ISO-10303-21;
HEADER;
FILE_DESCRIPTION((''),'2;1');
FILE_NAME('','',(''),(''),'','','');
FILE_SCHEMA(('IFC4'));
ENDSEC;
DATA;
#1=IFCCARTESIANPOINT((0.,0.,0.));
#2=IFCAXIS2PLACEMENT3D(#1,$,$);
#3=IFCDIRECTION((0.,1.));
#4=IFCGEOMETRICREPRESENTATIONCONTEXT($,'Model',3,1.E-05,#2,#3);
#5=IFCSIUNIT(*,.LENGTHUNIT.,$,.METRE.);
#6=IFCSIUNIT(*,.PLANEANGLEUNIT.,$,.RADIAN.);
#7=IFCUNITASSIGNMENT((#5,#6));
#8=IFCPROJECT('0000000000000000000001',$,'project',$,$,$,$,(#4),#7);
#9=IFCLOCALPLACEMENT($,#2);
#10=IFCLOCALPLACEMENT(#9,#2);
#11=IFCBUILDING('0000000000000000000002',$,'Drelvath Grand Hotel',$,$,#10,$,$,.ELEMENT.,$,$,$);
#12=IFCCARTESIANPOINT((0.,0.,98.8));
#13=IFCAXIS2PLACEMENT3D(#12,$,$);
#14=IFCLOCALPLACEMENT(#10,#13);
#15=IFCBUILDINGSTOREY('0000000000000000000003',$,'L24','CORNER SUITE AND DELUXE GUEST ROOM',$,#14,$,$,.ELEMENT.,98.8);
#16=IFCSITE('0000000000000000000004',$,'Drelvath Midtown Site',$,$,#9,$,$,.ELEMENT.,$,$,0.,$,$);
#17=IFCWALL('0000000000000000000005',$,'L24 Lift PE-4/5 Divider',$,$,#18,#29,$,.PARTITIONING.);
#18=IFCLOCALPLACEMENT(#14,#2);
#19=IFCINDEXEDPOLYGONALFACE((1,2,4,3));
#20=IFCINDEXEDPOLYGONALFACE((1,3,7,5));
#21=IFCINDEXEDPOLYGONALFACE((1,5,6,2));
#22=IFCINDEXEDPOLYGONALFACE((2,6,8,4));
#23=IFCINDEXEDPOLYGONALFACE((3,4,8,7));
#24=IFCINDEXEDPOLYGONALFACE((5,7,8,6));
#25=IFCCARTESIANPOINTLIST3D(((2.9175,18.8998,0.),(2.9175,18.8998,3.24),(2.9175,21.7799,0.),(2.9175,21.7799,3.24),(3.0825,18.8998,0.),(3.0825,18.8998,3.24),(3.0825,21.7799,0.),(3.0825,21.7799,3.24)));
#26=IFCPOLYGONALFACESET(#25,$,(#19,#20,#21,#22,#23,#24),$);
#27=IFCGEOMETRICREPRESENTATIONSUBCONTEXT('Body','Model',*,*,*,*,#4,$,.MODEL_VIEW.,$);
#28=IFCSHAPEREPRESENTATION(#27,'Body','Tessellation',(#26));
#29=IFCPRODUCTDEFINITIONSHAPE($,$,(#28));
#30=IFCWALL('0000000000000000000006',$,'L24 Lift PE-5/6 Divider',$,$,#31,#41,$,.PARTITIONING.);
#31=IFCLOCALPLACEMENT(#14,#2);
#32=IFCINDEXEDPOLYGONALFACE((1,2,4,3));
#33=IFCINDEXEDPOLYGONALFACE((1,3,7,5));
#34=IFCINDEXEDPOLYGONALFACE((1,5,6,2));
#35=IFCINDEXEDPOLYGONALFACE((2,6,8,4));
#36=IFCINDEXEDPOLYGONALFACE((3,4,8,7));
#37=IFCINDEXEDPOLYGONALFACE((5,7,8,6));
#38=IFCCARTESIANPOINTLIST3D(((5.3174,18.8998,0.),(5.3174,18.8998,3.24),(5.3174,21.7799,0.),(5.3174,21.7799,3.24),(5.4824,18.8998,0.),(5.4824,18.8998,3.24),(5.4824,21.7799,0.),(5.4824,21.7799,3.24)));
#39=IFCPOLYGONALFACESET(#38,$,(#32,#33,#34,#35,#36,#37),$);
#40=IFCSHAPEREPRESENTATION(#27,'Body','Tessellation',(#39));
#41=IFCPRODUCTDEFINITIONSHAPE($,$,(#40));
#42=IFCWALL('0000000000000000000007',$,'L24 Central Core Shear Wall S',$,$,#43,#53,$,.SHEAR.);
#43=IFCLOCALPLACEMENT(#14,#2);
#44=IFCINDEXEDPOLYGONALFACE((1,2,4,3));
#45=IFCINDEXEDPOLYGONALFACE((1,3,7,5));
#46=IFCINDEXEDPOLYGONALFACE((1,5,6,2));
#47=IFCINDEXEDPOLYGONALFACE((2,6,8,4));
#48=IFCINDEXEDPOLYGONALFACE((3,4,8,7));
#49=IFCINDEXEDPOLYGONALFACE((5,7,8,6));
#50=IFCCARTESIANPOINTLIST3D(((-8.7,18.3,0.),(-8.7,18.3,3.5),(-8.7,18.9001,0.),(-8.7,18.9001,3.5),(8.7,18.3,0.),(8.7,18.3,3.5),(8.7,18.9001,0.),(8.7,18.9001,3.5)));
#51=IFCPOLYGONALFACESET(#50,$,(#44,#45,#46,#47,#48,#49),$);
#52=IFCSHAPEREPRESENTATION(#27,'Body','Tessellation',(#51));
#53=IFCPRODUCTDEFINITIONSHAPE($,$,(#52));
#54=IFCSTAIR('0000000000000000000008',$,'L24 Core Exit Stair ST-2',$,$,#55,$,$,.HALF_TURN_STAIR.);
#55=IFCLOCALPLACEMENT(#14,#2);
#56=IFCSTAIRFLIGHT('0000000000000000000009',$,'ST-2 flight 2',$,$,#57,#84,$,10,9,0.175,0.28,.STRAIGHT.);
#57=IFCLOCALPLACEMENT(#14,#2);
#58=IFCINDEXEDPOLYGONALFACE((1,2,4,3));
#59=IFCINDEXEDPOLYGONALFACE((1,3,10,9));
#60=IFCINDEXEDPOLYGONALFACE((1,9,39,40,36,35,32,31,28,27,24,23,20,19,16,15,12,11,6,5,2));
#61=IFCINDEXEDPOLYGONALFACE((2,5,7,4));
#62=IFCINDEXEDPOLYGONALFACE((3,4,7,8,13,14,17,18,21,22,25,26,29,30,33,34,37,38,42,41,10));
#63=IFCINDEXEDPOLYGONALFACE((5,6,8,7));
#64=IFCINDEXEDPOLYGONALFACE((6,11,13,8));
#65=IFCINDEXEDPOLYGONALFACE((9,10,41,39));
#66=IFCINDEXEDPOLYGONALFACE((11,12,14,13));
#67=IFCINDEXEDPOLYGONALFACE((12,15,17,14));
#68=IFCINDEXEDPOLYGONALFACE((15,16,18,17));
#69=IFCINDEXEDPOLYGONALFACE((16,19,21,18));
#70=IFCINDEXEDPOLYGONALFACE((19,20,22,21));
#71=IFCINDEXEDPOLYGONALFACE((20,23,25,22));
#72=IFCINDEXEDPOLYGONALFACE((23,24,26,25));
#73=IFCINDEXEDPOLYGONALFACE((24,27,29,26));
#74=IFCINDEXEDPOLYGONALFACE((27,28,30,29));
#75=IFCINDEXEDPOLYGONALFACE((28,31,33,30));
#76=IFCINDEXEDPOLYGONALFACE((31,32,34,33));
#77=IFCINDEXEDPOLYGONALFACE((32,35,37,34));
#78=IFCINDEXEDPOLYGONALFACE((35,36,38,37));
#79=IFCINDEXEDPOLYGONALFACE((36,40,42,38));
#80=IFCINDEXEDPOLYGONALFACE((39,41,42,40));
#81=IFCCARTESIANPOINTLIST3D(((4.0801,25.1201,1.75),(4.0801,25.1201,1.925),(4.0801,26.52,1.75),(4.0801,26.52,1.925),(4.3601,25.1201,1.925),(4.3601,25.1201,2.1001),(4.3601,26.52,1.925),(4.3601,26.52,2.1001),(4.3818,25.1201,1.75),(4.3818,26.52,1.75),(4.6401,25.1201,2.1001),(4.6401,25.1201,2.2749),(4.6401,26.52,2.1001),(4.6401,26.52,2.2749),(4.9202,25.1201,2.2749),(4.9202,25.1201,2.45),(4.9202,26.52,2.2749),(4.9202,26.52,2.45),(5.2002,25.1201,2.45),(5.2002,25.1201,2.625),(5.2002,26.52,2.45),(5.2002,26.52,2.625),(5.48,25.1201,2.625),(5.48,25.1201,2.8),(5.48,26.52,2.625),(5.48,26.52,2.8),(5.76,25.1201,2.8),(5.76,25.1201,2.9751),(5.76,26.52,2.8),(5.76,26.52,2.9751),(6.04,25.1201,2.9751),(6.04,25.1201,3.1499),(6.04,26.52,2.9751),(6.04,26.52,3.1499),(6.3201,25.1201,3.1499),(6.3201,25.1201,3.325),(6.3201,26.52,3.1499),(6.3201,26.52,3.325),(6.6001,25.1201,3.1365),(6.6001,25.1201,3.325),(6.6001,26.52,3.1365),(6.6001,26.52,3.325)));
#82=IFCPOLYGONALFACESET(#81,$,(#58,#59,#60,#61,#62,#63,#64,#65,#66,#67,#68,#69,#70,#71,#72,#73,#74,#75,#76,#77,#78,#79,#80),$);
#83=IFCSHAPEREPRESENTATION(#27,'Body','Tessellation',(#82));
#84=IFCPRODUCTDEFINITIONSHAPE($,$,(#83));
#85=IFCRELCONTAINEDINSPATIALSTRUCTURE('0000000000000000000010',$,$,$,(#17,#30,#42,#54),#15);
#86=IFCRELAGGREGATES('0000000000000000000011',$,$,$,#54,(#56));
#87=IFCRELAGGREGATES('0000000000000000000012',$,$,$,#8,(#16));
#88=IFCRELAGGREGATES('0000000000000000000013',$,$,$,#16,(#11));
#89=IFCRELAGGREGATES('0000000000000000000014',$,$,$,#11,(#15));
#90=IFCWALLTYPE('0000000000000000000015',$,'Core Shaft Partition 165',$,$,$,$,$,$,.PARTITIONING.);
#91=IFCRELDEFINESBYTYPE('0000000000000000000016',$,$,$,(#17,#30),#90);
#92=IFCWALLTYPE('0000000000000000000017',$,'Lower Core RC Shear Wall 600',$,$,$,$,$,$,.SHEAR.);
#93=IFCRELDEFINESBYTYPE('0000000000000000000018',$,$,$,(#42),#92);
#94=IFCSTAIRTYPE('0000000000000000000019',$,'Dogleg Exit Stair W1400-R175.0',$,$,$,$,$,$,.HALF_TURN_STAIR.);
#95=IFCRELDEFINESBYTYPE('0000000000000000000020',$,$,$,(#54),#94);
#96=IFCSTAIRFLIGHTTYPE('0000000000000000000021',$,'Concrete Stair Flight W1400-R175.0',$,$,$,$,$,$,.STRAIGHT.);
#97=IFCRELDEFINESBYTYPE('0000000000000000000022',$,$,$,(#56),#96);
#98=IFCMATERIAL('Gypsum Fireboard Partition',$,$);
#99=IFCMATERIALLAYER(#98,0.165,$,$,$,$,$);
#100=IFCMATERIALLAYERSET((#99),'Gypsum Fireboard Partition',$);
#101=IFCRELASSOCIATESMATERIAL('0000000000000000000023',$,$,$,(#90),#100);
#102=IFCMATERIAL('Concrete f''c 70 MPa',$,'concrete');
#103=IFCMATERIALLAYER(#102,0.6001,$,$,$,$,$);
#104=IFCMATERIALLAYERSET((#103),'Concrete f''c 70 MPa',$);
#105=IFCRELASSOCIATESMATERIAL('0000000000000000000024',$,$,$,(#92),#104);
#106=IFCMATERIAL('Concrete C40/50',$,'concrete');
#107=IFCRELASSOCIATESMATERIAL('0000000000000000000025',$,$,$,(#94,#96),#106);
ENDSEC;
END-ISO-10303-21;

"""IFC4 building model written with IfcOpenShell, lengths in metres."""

from ifc_helpers import new_model, si_unit, direction, frame, frame_2d, origin, place, context, subcontext, project, spatial, polyline, rectangle, outline, extrude, material, layer, layer_set, type_object, element, aggregate, save


model = new_model("IFC4")

# Units and contexts
model_context = context("Model", 3, precision=1e-05, world=origin(), true_north=direction((0.0, 1.0)))
body_context = subcontext(model_context, "Body", "Model", "MODEL_VIEW")
ifc_project = project(units=[si_unit("LENGTHUNIT", "METRE"), si_unit("PLANEANGLEUNIT", "RADIAN")], contexts=[model_context])

# Site, building, storey
site_placement = place(None, origin())
site = spatial("IfcSite", under=ifc_project, at=site_placement, Name="Drelvath Midtown Site", CompositionType="ELEMENT", RefElevation=0.0)
building_placement = place(site_placement, origin())
building = spatial("IfcBuilding", under=site, at=building_placement, Name="Drelvath Grand Hotel", CompositionType="ELEMENT")
storey_placement = place(building_placement, frame((0.0, 0.0, 98.8)))
storey = spatial("IfcBuildingStorey", under=building, at=storey_placement, Name="L24", Description="CORNER SUITE AND DELUXE GUEST ROOM", CompositionType="ELEMENT", Elevation=98.8)

# Shared definitions
ifc_material_1 = material(Name="Concrete f'c 70 MPa", Category="concrete")

# Shared definitions
ifc_material_2 = material(Name="Concrete C40/50", Category="concrete")

# Walls
ifc_material_3 = material(Name="Gypsum Fireboard Partition")
ifc_layer_1 = layer(ifc_material_3, 0.165)
ifc_layer_set_1 = layer_set([ifc_layer_1], Name="Gypsum Fireboard Partition")
wall_type_1 = type_object("IfcWallType", Name="Core Shaft Partition 165", PredefinedType="PARTITIONING", material=ifc_layer_set_1)
for number, where, z_axis, x_axis, name in (
    (1, (3.0, 18.8999, 0.0), (0.0, 0.0, 1.0), (0.0, 1.0, 0.0), "L24 Lift PE-4/5 Divider"),
    (2, (5.3999, 18.8999, 0.0), (0.0, 0.0, 1.0), (0.0, 1.0, 0.0), "L24 Lift PE-5/6 Divider"),
):
    element("IfcWall", number, at=place(storey_placement, frame(where, z_axis=z_axis, x_axis=x_axis)), inside=storey, type_object=wall_type_1, Name=name, PredefinedType="PARTITIONING", context=body_context, shape_type="SweptSolid", body=[
        extrude(rectangle(XDim=2.8801, YDim=0.165, at=frame_2d((1.4399, 0.0))), origin(), (0.0, 0.0, 1.0), 3.24),
    ])
ifc_layer_2 = layer(ifc_material_1, 0.6001)
ifc_layer_set_2 = layer_set([ifc_layer_2], Name="Concrete f'c 70 MPa")
wall_type_2 = type_object("IfcWallType", Name="Lower Core RC Shear Wall 600", PredefinedType="SHEAR", material=ifc_layer_set_2)
wall_1_placement = place(storey_placement, frame((8.7, 18.6001, 0.0), z_axis=(0.0, 0.0, 1.0), x_axis=(-1.0, 0.0, 0.0)))
element("IfcWall", 3, at=wall_1_placement, inside=storey, type_object=wall_type_2, Name="L24 Central Core Shear Wall S", PredefinedType="SHEAR", context=body_context, shape_type="SweptSolid", body=[
    extrude(rectangle(XDim=17.3999, YDim=0.6001, at=frame_2d((8.7, 0.0))), origin(), (0.0, 0.0, 1.0), 3.5),
])

# Stair, stair flight
stair_type = type_object("IfcStairType", Name="Dogleg Exit Stair W1400-R175.0", PredefinedType="HALF_TURN_STAIR", material=ifc_material_2)
stair_placement = place(storey_placement, origin())
stair = element("IfcStair", 4, at=stair_placement, inside=storey, type_object=stair_type, Name="L24 Core Exit Stair ST-2", PredefinedType="HALF_TURN_STAIR")
stair_flight_type = type_object("IfcStairFlightType", Name="Concrete Stair Flight W1400-R175.0", PredefinedType="STRAIGHT", material=ifc_material_2)
stair_flight_placement = place(storey_placement, frame((4.0801, 25.8201, 1.75), z_axis=(0.0, 0.0, 1.0), x_axis=(1.0, 0.0, 0.0)))
stair_flight = element("IfcStairFlight", 5, at=stair_flight_placement, type_object=stair_flight_type, Name="ST-2 flight 2", NumberOfRisers=10, NumberOfTreads=9, PredefinedType="STRAIGHT", RiserHeight=0.175, TreadLength=0.28, context=body_context, shape_type="SweptSolid", body=[
    extrude(outline(polyline([(0.0, 0.0), (0.0, 0.175), (0.28, 0.175), (0.28, 0.3501), (0.5601, 0.3501), (0.5601, 0.5249), (0.8401, 0.5249), (0.8401, 0.7), (1.1201, 0.7), (1.1201, 0.875), (1.3999, 0.875), (1.3999, 1.05), (1.6799, 1.05), (1.6799, 1.2251), (1.96, 1.2251), (1.96, 1.3999), (2.24, 1.3999), (2.24, 1.575), (2.52, 1.575), (2.52, 1.75), (2.52, 1.3865), (0.3018, 0.0), (0.0, 0.0)])), frame((0.0, 0.7, 0.0), z_axis=(0.0, -1.0, 0.0), x_axis=(1.0, 0.0, 0.0)), (0.0, 0.0, 1.0), 1.3999),
])
aggregate(stair, [stair_flight])

save(model, "model.ifc")
